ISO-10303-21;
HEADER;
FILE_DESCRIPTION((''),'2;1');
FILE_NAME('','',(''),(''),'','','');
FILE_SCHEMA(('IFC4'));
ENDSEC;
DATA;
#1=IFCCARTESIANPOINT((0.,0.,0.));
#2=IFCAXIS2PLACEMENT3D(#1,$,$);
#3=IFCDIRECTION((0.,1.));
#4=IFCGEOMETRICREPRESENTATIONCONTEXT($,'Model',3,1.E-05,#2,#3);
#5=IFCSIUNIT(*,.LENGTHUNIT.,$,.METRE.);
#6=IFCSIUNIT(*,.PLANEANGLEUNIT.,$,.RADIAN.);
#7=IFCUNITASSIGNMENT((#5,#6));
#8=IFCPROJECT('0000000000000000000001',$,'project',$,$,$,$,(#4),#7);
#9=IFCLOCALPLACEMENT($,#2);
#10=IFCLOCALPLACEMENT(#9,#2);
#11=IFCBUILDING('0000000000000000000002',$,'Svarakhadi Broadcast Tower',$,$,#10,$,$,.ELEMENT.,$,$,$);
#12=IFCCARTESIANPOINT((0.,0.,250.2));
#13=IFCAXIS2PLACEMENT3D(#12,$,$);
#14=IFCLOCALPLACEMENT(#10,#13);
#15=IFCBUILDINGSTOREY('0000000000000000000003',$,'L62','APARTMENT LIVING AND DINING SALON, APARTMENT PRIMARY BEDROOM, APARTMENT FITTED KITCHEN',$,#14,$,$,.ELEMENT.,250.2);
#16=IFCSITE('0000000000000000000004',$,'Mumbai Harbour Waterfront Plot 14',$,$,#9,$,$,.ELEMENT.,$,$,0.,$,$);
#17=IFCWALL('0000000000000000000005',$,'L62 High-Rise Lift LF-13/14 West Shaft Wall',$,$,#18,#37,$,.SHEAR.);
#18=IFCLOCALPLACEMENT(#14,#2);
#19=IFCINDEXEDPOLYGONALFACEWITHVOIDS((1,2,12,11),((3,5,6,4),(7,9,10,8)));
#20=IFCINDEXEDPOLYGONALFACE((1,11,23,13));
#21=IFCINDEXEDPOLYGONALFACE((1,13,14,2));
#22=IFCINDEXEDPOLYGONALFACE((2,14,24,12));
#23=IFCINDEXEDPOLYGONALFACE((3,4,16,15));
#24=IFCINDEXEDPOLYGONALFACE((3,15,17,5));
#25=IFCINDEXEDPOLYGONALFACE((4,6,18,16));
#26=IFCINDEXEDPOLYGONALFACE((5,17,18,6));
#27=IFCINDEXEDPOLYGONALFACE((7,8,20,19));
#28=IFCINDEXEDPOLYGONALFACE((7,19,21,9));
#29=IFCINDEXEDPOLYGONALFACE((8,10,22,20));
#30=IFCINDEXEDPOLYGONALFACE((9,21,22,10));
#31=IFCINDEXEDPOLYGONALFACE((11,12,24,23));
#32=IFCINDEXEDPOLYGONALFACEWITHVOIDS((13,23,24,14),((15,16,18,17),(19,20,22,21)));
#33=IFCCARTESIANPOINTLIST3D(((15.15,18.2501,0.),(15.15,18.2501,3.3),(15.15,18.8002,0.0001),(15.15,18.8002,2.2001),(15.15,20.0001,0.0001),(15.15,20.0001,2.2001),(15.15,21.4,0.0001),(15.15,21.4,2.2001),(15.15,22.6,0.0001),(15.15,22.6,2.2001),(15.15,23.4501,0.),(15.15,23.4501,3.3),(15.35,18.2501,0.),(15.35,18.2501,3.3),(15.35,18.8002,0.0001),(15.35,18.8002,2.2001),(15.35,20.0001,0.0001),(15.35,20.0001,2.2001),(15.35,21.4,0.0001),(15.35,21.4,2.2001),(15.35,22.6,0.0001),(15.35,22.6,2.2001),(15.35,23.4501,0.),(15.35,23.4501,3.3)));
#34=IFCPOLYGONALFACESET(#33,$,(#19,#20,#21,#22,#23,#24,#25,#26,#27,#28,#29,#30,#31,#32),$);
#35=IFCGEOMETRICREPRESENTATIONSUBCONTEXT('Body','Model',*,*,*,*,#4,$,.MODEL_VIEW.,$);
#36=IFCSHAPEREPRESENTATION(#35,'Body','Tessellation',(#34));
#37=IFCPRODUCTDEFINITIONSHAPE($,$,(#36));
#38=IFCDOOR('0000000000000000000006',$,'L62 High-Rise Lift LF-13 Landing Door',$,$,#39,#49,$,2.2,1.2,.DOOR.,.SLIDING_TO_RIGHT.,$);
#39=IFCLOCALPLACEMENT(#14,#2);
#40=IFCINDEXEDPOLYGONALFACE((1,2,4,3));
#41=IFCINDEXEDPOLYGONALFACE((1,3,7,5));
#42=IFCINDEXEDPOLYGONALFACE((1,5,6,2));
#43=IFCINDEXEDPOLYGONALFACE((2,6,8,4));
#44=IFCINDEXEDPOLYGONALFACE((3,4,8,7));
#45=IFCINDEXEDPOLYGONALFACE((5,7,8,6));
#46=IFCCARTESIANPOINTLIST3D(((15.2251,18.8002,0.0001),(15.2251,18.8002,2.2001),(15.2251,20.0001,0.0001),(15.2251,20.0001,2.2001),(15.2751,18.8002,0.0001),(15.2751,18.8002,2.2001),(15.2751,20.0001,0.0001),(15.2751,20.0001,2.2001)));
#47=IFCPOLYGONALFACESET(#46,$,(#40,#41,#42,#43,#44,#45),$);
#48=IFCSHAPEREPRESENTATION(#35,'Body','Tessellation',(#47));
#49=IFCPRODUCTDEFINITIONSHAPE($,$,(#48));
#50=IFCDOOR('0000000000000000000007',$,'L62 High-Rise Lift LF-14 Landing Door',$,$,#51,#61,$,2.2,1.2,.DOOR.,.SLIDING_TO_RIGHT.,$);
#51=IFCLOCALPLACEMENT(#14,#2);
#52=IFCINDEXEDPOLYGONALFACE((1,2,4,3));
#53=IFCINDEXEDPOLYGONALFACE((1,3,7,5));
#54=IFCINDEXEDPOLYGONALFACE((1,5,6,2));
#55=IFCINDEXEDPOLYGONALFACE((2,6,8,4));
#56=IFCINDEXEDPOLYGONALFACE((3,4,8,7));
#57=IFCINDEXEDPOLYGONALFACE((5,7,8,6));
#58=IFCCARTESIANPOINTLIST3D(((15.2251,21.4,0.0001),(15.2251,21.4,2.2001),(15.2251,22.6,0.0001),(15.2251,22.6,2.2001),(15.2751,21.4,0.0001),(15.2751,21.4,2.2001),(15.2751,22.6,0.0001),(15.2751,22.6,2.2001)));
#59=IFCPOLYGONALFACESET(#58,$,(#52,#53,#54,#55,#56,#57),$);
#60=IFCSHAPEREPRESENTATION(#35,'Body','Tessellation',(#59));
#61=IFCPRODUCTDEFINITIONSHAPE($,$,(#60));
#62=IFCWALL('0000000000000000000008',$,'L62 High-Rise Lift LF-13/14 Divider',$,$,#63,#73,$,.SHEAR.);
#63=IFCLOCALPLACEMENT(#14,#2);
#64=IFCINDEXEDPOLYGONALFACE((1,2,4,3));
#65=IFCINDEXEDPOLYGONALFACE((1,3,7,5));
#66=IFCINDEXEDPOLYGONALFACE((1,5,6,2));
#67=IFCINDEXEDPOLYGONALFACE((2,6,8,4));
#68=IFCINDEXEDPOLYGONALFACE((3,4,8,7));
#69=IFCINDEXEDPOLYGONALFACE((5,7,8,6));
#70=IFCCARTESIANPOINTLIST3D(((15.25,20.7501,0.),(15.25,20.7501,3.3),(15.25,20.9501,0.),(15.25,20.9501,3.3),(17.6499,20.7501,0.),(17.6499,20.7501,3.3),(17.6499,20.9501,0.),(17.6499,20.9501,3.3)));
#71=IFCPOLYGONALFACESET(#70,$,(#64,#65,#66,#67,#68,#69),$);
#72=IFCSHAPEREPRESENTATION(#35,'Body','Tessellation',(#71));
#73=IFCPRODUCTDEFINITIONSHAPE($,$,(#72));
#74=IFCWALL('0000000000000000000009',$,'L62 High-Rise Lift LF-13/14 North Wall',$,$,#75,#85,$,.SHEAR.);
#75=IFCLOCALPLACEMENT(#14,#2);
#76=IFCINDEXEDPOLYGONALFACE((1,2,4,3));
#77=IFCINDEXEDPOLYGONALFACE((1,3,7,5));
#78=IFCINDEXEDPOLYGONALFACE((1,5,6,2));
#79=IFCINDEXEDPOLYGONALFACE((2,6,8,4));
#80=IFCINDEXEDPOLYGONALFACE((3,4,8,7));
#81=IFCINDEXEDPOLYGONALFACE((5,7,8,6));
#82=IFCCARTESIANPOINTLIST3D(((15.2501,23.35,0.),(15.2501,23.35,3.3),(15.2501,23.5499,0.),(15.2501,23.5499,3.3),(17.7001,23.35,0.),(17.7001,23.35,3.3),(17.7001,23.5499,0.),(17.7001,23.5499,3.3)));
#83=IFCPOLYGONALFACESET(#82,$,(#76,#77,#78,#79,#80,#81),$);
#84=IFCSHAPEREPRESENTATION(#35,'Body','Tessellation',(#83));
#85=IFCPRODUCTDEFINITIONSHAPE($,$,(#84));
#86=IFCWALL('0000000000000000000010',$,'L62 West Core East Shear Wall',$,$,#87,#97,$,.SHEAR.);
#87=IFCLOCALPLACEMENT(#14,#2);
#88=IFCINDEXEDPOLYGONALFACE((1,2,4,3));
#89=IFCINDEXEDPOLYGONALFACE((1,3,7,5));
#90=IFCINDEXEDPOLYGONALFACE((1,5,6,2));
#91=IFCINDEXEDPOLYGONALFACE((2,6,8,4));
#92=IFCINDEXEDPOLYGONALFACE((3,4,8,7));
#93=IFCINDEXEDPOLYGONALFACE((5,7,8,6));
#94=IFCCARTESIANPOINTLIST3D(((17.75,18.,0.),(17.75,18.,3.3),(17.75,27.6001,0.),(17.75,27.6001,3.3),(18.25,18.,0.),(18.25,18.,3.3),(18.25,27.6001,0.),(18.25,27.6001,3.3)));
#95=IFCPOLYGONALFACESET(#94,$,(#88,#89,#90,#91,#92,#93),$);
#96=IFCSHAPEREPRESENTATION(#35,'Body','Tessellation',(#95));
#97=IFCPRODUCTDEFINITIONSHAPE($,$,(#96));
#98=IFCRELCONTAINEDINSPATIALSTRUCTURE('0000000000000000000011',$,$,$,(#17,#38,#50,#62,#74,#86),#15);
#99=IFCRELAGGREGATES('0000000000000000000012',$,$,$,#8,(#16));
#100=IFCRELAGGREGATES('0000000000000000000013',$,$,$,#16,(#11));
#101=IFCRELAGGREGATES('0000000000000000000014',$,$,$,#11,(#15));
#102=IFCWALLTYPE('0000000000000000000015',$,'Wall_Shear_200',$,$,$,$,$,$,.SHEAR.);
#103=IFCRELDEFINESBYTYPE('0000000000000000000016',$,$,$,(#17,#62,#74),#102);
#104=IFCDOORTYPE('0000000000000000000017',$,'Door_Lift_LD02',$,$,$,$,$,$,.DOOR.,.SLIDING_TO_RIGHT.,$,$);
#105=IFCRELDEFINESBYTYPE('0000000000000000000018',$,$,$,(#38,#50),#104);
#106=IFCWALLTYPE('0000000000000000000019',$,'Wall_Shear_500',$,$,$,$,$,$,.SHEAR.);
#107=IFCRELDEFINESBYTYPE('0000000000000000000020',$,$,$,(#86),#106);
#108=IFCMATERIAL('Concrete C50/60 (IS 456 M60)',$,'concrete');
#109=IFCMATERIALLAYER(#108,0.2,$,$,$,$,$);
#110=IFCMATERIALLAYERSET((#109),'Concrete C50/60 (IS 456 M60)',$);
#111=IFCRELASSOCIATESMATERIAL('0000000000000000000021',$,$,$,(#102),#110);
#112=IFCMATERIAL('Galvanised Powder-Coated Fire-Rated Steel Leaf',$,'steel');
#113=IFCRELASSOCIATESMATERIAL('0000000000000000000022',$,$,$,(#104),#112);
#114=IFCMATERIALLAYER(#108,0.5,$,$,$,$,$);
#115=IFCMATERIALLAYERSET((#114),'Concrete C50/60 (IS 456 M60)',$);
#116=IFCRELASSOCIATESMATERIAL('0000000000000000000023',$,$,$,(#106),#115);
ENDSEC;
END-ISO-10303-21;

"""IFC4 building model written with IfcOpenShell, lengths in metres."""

from ifc_helpers import new_model, si_unit, direction, frame, frame_2d, origin, place, context, subcontext, project, spatial, rectangle, extrude, material, layer, layer_set, type_object, element, fill, save


model = new_model("IFC4")

# Units and contexts
model_context = context("Model", 3, precision=1e-05, world=origin(), true_north=direction((0.0, 1.0)))
body_context = subcontext(model_context, "Body", "Model", "MODEL_VIEW")
ifc_project = project(units=[si_unit("LENGTHUNIT", "METRE"), si_unit("PLANEANGLEUNIT", "RADIAN")], contexts=[model_context])

# Site, building, storey
site_placement = place(None, origin())
site = spatial("IfcSite", under=ifc_project, at=site_placement, Name="Mumbai Harbour Waterfront Plot 14", CompositionType="ELEMENT", RefElevation=0.0)
building_placement = place(site_placement, origin())
building = spatial("IfcBuilding", under=site, at=building_placement, Name="Svarakhadi Broadcast Tower", CompositionType="ELEMENT")
storey_placement = place(building_placement, frame((0.0, 0.0, 250.2)))
storey = spatial("IfcBuildingStorey", under=building, at=storey_placement, Name="L62", Description="APARTMENT LIVING AND DINING SALON, APARTMENT PRIMARY BEDROOM, APARTMENT FITTED KITCHEN", CompositionType="ELEMENT", Elevation=250.2)

# Shared definitions
ifc_material_1 = material(Name="Concrete C50/60 (IS 456 M60)", Category="concrete")

# Shared definitions
ifc_material_2 = material(Name="Galvanised Powder-Coated Fire-Rated Steel Leaf", Category="steel")

# Wall, openings, doors
ifc_layer_1 = layer(ifc_material_1, 0.2)
ifc_layer_set_1 = layer_set([ifc_layer_1], Name="Concrete C50/60 (IS 456 M60)")
wall_type_1 = type_object("IfcWallType", Name="Wall_Shear_200", PredefinedType="SHEAR", material=ifc_layer_set_1)
wall_1_placement = place(storey_placement, frame((15.25, 18.25, 0.0), z_axis=(0.0, 0.0, 1.0), x_axis=(0.0, 1.0, 0.0)))
wall_1 = element("IfcWall", 1, at=wall_1_placement, inside=storey, type_object=wall_type_1, Name="L62 High-Rise Lift LF-13/14 West Shaft Wall", PredefinedType="SHEAR", context=body_context, shape_type="SweptSolid", body=[
    extrude(rectangle(XDim=5.2, YDim=0.2, at=frame_2d((2.6001, 0.0))), origin(), (0.0, 0.0, 1.0), 3.3),
])
opening_1_placement = place(wall_1_placement, frame((0.55, 0.0, 0.0)))
opening_1 = element("IfcOpeningElement", 2, at=opening_1_placement, cuts=wall_1, PredefinedType="OPENING", context=body_context, shape_type="SweptSolid", body=[
    extrude(rectangle(XDim=1.2, YDim=2.2, at=frame_2d((0.6001, 1.1001))), frame((0.0, 0.1099, 0.0), z_axis=(0.0, -1.0, 0.0), x_axis=(1.0, 0.0, 0.0)), (0.0, 0.0, 1.0), 0.22),
])
opening_2_placement = place(wall_1_placement, frame((3.1499, 0.0, 0.0)))
opening_2 = element("IfcOpeningElement", 3, at=opening_2_placement, cuts=wall_1, PredefinedType="OPENING", context=body_context, shape_type="SweptSolid", body=[
    extrude(rectangle(XDim=1.2, YDim=2.2, at=frame_2d((0.6001, 1.1001))), frame((0.0, 0.1099, 0.0), z_axis=(0.0, -1.0, 0.0), x_axis=(1.0, 0.0, 0.0)), (0.0, 0.0, 1.0), 0.22),
])
door_type_1 = type_object("IfcDoorType", Name="Door_Lift_LD02", OperationType="SLIDING_TO_RIGHT", PredefinedType="DOOR", material=ifc_material_2)
door_1_placement = place(opening_1_placement, origin())
door_1 = element("IfcDoor", 4, at=door_1_placement, inside=storey, type_object=door_type_1, Name="L62 High-Rise Lift LF-13 Landing Door", OperationType="SLIDING_TO_RIGHT", OverallHeight=2.2, OverallWidth=1.2, PredefinedType="DOOR", context=body_context, shape_type="SweptSolid", body=[
    extrude(rectangle(XDim=1.2, YDim=2.2, at=frame_2d((0.6001, 1.1001))), frame((0.0, 0.0249, 0.0), z_axis=(0.0, -1.0, 0.0), x_axis=(1.0, 0.0, 0.0)), (0.0, 0.0, 1.0), 0.05),
])
fill(opening_1, door_1)
door_2_placement = place(opening_2_placement, origin())
door_2 = element("IfcDoor", 5, at=door_2_placement, inside=storey, type_object=door_type_1, Name="L62 High-Rise Lift LF-14 Landing Door", OperationType="SLIDING_TO_RIGHT", OverallHeight=2.2, OverallWidth=1.2, PredefinedType="DOOR", context=body_context, shape_type="SweptSolid", body=[
    extrude(rectangle(XDim=1.2, YDim=2.2, at=frame_2d((0.6001, 1.1001))), frame((0.0, 0.0249, 0.0), z_axis=(0.0, -1.0, 0.0), x_axis=(1.0, 0.0, 0.0)), (0.0, 0.0, 1.0), 0.05),
])
fill(opening_2, door_2)

# Walls
wall_2_placement = place(storey_placement, frame((15.25, 20.8501, 0.0), z_axis=(0.0, 0.0, 1.0), x_axis=(1.0, 0.0, 0.0)))
element("IfcWall", 6, at=wall_2_placement, inside=storey, type_object=wall_type_1, Name="L62 High-Rise Lift LF-13/14 Divider", PredefinedType="SHEAR", context=body_context, shape_type="SweptSolid", body=[
    extrude(rectangle(XDim=2.3999, YDim=0.2, at=frame_2d((1.2, 0.0))), origin(), (0.0, 0.0, 1.0), 3.3),
])
wall_3_placement = place(storey_placement, frame((15.25, 23.45, 0.0), z_axis=(0.0, 0.0, 1.0), x_axis=(1.0, 0.0, 0.0)))
element("IfcWall", 7, at=wall_3_placement, inside=storey, type_object=wall_type_1, Name="L62 High-Rise Lift LF-13/14 North Wall", PredefinedType="SHEAR", context=body_context, shape_type="SweptSolid", body=[
    extrude(rectangle(XDim=2.45, YDim=0.2, at=frame_2d((1.2251, 0.0))), origin(), (0.0, 0.0, 1.0), 3.3),
])
ifc_layer_2 = layer(ifc_material_1, 0.5)
ifc_layer_set_2 = layer_set([ifc_layer_2], Name="Concrete C50/60 (IS 456 M60)")
wall_type_2 = type_object("IfcWallType", Name="Wall_Shear_500", PredefinedType="SHEAR", material=ifc_layer_set_2)
wall_4_placement = place(storey_placement, frame((18.0, 18.0, 0.0), z_axis=(0.0, 0.0, 1.0), x_axis=(0.0, 1.0, 0.0)))
element("IfcWall", 8, at=wall_4_placement, inside=storey, type_object=wall_type_2, Name="L62 West Core East Shear Wall", PredefinedType="SHEAR", context=body_context, shape_type="SweptSolid", body=[
    extrude(rectangle(XDim=9.6001, YDim=0.5, at=frame_2d((4.8, 0.0))), origin(), (0.0, 0.0, 1.0), 3.3),
])

save(model, "model.ifc")
